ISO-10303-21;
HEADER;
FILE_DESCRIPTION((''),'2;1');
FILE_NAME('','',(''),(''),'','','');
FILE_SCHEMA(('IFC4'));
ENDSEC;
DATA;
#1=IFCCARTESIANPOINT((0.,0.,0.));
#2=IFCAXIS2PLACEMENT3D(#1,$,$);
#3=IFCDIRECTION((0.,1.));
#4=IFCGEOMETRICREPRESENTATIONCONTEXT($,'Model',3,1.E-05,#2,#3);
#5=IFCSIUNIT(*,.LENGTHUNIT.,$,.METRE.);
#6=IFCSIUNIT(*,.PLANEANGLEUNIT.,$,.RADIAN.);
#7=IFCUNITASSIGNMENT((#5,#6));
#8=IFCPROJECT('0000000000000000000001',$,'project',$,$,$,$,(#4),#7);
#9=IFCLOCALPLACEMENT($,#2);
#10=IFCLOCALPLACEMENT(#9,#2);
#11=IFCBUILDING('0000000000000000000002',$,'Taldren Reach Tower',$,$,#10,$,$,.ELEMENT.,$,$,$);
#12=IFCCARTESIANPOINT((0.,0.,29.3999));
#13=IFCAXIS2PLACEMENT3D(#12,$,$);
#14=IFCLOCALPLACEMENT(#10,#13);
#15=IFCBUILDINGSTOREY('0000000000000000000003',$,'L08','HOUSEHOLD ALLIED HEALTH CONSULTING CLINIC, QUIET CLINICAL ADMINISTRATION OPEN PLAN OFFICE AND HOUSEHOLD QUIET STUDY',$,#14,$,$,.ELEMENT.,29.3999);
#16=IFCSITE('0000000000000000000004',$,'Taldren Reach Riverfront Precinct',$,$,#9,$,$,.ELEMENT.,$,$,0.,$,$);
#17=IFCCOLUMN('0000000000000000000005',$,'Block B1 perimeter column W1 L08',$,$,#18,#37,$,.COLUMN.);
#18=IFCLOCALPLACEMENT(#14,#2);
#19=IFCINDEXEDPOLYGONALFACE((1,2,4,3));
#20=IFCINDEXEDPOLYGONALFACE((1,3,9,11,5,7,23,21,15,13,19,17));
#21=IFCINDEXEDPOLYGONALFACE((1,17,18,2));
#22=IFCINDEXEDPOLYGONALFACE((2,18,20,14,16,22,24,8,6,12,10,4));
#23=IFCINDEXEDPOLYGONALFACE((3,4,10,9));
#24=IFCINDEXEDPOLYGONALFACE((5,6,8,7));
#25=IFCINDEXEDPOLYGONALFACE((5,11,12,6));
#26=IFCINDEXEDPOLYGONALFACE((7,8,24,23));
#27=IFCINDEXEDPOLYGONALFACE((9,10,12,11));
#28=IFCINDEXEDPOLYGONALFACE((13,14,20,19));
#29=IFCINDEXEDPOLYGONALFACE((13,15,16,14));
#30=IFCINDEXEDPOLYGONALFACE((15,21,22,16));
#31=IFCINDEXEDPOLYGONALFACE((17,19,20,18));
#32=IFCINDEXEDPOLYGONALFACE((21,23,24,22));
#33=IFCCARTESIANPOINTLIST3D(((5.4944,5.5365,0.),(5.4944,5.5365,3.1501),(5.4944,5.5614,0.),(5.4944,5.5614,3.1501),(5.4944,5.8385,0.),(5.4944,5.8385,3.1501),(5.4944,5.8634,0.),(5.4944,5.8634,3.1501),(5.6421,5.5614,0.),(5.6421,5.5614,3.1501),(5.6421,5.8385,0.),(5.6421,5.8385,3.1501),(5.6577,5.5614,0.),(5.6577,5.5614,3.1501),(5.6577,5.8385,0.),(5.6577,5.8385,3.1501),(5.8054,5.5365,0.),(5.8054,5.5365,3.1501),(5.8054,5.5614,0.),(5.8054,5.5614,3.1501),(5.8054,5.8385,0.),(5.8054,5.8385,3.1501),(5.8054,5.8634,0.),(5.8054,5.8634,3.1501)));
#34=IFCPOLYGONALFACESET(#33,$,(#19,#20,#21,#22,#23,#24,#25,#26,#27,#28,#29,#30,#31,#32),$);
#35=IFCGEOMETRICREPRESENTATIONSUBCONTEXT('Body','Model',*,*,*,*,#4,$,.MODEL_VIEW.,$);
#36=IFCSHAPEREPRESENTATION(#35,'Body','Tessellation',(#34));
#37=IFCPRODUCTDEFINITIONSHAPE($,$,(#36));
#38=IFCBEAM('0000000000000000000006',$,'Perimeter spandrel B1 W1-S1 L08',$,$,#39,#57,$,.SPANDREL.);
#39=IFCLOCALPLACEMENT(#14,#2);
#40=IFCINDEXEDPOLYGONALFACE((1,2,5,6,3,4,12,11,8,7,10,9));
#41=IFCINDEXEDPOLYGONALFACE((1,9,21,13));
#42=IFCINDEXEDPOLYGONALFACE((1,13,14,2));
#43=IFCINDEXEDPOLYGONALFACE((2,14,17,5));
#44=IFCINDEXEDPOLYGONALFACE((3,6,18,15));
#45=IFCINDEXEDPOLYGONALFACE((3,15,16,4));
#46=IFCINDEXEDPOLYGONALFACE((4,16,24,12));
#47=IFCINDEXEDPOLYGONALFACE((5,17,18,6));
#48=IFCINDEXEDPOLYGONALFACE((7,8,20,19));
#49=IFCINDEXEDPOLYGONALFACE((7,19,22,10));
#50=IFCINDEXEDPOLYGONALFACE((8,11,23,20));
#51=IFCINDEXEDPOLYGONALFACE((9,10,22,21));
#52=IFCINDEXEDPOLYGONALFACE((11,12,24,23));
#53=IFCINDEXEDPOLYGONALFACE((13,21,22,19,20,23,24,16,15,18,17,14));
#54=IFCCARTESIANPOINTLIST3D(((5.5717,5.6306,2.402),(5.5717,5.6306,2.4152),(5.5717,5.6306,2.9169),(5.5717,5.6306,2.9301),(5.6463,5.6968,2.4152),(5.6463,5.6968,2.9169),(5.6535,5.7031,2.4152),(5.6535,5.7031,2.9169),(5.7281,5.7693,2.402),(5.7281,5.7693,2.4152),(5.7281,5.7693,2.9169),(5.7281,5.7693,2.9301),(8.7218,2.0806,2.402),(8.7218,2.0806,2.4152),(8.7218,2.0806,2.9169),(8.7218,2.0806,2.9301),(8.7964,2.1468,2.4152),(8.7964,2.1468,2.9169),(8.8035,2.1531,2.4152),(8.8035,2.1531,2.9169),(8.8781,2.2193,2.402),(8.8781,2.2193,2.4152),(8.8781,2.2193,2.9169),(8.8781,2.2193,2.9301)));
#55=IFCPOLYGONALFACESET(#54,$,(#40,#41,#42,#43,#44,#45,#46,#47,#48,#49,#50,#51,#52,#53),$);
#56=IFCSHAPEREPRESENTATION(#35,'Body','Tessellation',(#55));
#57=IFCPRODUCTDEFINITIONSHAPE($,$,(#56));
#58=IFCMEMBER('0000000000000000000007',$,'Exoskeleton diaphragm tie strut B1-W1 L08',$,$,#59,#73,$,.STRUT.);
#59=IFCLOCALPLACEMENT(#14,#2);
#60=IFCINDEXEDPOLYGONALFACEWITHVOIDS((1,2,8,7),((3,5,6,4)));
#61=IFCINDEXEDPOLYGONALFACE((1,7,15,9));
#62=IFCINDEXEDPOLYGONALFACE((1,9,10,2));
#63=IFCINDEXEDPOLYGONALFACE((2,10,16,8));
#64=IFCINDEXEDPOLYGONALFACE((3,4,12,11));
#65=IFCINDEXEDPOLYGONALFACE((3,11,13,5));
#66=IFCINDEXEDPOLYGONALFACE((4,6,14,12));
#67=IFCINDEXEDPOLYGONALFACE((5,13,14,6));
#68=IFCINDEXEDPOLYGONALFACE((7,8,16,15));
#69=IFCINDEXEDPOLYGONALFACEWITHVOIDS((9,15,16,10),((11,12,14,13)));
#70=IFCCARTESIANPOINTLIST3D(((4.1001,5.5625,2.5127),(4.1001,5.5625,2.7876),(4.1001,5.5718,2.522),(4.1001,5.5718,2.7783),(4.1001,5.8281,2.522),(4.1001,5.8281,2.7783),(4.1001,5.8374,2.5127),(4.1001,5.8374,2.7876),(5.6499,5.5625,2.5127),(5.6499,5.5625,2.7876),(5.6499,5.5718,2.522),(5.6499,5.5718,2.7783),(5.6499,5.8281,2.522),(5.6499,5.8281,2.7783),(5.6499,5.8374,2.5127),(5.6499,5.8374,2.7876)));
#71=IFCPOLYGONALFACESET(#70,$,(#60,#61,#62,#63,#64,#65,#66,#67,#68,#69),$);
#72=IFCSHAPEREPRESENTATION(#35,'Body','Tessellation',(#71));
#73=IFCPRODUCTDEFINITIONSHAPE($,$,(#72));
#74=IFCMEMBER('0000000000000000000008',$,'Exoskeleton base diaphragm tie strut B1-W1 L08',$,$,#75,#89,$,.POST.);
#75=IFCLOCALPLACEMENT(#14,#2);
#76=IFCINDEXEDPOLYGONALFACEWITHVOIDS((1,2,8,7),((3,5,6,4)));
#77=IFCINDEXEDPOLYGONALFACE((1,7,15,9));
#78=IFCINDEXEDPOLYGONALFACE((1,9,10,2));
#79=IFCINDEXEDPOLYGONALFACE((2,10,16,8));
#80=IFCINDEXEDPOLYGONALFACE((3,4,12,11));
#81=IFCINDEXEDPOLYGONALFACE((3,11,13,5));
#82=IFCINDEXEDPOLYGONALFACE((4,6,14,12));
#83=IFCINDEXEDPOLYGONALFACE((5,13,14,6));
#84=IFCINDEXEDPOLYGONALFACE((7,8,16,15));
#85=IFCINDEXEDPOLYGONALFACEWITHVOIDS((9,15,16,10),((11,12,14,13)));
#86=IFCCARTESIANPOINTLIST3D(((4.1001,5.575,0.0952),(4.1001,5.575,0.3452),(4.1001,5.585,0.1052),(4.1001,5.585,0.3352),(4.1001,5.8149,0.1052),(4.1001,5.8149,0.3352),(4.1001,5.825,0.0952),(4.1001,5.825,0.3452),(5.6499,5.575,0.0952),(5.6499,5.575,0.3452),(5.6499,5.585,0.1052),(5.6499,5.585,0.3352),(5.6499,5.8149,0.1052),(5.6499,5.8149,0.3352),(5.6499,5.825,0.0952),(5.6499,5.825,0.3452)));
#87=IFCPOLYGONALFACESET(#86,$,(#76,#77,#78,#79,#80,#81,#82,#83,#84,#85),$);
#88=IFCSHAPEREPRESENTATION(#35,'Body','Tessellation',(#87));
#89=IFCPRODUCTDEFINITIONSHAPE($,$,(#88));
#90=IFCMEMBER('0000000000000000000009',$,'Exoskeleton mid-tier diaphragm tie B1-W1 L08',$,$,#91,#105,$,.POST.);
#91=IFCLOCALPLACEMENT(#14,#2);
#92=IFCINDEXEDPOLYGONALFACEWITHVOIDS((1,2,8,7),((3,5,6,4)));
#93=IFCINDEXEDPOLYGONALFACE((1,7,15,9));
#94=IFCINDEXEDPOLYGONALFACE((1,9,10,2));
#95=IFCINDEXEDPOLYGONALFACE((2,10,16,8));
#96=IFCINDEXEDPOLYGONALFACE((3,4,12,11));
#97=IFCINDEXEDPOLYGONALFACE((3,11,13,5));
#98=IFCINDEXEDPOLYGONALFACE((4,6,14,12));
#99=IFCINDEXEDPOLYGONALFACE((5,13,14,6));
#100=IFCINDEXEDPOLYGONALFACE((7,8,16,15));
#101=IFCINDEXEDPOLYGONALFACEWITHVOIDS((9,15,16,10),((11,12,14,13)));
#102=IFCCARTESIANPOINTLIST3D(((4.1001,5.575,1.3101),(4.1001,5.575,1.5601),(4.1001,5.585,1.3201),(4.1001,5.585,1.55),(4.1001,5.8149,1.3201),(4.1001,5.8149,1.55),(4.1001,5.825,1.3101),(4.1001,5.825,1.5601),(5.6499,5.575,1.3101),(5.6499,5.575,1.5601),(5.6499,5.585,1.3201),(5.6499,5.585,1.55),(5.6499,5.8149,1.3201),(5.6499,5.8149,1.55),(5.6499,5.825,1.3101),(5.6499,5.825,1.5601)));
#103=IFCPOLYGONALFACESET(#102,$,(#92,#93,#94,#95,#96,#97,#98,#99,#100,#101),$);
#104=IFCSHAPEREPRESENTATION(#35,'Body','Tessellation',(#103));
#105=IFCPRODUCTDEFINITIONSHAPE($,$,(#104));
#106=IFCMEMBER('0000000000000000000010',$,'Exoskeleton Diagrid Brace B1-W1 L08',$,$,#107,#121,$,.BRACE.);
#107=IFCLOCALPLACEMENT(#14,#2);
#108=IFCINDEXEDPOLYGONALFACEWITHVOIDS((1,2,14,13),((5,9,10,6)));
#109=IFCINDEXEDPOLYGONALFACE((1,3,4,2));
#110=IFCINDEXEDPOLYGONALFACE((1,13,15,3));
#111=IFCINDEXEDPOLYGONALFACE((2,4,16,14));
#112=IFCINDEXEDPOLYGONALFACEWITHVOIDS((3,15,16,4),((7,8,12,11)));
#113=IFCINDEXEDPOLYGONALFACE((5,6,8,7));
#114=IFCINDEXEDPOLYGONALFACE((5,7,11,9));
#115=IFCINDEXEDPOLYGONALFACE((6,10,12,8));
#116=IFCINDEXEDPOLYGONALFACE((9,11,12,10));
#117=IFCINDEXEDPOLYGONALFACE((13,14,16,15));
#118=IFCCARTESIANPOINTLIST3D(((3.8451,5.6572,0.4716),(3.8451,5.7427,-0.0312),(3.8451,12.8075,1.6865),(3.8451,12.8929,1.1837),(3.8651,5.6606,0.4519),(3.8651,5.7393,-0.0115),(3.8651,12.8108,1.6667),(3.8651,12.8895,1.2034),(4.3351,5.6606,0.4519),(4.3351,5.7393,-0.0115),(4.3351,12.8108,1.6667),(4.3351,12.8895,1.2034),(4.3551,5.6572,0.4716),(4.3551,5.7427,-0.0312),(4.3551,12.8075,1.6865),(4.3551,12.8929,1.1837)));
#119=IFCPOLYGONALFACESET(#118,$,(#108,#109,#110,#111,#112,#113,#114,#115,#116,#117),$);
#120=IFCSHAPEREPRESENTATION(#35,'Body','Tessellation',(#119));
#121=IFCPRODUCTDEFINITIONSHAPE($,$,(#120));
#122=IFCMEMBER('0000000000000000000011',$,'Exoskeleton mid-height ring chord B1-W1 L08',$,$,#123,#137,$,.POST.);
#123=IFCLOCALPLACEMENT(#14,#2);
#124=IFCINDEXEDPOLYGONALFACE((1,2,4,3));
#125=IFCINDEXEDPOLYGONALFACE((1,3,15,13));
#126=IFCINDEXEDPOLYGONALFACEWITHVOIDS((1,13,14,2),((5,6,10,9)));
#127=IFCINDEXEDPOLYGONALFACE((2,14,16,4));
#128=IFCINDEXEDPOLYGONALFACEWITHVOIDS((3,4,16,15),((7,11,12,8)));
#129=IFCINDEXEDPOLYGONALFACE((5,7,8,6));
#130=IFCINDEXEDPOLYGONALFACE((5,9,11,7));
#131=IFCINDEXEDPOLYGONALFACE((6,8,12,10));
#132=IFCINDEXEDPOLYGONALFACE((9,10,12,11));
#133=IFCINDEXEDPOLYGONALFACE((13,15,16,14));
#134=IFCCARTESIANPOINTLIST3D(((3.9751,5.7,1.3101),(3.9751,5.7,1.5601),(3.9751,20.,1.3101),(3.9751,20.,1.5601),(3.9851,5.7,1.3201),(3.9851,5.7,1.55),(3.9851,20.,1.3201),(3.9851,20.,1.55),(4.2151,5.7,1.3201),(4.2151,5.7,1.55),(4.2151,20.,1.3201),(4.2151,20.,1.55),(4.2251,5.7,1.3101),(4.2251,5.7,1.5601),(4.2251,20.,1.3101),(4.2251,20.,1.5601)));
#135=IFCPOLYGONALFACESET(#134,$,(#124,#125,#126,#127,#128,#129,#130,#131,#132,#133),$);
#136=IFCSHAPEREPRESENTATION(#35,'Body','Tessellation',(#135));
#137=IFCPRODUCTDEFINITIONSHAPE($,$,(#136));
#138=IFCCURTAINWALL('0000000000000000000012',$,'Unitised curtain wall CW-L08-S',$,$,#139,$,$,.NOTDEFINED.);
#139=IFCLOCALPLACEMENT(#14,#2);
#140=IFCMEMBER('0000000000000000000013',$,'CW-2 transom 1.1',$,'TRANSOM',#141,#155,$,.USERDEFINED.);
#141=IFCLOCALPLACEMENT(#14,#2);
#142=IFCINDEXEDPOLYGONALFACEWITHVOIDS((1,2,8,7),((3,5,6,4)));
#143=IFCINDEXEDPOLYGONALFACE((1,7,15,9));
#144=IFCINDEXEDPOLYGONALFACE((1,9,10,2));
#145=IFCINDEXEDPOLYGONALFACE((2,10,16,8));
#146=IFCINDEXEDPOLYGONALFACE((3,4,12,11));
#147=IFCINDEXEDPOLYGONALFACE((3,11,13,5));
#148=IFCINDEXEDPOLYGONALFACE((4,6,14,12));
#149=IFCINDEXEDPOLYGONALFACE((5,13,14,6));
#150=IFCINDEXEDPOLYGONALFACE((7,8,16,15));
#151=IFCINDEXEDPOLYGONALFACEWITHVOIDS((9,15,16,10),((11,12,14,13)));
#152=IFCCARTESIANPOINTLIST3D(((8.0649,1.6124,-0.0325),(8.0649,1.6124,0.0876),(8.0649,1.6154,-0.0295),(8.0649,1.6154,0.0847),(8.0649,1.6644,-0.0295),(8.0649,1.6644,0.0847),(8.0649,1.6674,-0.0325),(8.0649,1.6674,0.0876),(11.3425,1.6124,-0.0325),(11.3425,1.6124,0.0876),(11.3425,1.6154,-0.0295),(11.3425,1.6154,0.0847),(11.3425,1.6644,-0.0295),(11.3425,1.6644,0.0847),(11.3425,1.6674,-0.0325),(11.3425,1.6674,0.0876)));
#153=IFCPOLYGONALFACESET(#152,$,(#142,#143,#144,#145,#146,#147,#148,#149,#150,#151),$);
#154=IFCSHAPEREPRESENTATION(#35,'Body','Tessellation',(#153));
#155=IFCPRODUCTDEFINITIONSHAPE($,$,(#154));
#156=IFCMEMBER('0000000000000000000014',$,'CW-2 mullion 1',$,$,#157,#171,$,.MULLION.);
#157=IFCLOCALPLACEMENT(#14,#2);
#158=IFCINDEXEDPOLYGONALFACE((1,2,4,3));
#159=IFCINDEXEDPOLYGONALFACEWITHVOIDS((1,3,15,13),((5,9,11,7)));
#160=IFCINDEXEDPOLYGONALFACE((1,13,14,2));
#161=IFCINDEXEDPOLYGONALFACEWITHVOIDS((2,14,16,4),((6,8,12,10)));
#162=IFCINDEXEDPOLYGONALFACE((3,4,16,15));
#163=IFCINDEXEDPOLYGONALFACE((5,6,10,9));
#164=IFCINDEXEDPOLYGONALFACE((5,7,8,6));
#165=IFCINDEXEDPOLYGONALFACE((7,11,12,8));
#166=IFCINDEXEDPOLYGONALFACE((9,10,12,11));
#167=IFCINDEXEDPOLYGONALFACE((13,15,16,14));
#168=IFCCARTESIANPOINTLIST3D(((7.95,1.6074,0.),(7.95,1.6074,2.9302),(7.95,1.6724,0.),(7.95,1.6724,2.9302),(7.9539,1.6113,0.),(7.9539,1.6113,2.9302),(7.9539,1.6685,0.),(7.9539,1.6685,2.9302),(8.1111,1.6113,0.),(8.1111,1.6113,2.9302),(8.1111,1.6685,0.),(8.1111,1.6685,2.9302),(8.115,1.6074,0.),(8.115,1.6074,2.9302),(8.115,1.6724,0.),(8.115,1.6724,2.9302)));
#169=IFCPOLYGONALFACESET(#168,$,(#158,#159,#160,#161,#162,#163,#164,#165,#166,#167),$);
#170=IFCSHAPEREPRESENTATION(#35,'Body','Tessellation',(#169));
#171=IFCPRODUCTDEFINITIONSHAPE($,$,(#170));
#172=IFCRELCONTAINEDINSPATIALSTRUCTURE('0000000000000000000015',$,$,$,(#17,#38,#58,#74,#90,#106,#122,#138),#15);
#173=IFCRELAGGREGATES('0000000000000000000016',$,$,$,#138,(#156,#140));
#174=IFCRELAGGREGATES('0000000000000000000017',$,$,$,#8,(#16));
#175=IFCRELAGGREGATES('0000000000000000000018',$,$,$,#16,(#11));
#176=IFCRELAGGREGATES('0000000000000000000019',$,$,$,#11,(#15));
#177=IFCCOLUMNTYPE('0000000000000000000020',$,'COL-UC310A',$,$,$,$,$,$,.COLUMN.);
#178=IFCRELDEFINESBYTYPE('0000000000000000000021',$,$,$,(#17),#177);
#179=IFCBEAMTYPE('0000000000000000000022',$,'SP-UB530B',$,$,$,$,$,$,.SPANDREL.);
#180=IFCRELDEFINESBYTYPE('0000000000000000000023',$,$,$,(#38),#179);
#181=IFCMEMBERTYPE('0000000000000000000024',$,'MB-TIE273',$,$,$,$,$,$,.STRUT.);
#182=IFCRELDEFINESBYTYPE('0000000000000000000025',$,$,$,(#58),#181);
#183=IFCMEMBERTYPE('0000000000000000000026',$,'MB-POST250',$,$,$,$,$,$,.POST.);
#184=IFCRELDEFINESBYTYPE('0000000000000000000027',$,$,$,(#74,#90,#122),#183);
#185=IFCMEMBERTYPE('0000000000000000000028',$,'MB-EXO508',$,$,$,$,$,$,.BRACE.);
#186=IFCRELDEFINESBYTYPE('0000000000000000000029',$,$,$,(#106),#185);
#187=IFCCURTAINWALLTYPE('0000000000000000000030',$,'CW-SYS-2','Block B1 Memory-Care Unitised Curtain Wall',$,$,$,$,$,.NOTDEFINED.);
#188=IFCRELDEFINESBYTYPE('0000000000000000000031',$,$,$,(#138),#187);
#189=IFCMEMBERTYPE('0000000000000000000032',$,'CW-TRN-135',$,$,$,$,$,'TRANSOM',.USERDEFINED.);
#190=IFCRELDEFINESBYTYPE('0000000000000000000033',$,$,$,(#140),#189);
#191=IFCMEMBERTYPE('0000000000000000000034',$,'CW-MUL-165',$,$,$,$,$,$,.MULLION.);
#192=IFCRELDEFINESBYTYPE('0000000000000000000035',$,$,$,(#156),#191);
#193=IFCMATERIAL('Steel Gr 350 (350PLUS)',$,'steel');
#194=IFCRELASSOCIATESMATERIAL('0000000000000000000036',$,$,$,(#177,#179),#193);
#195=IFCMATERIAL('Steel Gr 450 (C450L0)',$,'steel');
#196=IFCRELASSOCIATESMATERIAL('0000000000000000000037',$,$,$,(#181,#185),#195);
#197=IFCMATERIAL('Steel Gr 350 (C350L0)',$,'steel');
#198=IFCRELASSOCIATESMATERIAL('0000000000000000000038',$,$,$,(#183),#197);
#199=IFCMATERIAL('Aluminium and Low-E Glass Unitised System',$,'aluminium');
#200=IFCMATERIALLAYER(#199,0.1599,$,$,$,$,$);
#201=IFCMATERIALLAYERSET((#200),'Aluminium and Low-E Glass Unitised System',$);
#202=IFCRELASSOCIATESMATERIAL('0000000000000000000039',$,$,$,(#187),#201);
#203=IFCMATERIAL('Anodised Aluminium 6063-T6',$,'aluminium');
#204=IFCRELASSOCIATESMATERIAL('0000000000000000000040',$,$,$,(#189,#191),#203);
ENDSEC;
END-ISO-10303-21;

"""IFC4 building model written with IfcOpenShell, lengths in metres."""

from ifc_helpers import new_model, si_unit, direction, frame, origin, origin_2d, place, context, subcontext, project, spatial, hollow_rectangle, i_section, extrude, source, transform, mapped, material, layer, layer_set, material_profile, profile_set, type_object, element, aggregate, save


model = new_model("IFC4")

# Units and contexts
model_context = context("Model", 3, precision=1e-05, world=origin(), true_north=direction((0.0, 1.0)))
body_context = subcontext(model_context, "Body", "Model", "MODEL_VIEW")
ifc_project = project(units=[si_unit("LENGTHUNIT", "METRE"), si_unit("PLANEANGLEUNIT", "RADIAN")], contexts=[model_context])

# Site, building, storey
site_placement = place(None, origin())
site = spatial("IfcSite", under=ifc_project, at=site_placement, Name="Taldren Reach Riverfront Precinct", CompositionType="ELEMENT", RefElevation=0.0)
building_placement = place(site_placement, origin())
building = spatial("IfcBuilding", under=site, at=building_placement, Name="Taldren Reach Tower", CompositionType="ELEMENT")
storey_placement = place(building_placement, frame((0.0, 0.0, 29.3999)))
storey = spatial("IfcBuildingStorey", under=building, at=storey_placement, Name="L08", Description="HOUSEHOLD ALLIED HEALTH CONSULTING CLINIC, QUIET CLINICAL ADMINISTRATION OPEN PLAN OFFICE AND HOUSEHOLD QUIET STUDY", CompositionType="ELEMENT", Elevation=29.3999)

# Column
ifc_material_1 = material(Name="Steel Gr 350 (350PLUS)", Category="steel")
ifc_material_profile_1 = material_profile(ifc_material_1, i_section(OverallWidth=0.311, OverallDepth=0.3269, WebThickness=0.0156, FlangeThickness=0.0249, at=origin_2d()), Name="310UC158")
ifc_profile_set_1 = profile_set([ifc_material_profile_1], Name="Steel Gr 350 (350PLUS)")
column_type = type_object("IfcColumnType", Name="COL-UC310A", PredefinedType="COLUMN", material=ifc_profile_set_1)
shared_shape_1 = source(origin(), body_context, "Body", "SweptSolid", [
    extrude(i_section(OverallWidth=0.311, OverallDepth=0.3269, WebThickness=0.0156, FlangeThickness=0.0249, at=origin_2d()), origin(), (0.0, 0.0, 1.0), 3.1501),
])
column_placement = place(storey_placement, frame((5.6499, 5.7, 0.0), z_axis=(0.0, 0.0, 1.0), x_axis=(1.0, 0.0, 0.0)))
element("IfcColumn", 1, at=column_placement, inside=storey, type_object=column_type, Name="Block B1 perimeter column W1 L08", PredefinedType="COLUMN", context=body_context, shape_type="MappedRepresentation", body=[
    mapped(shared_shape_1, transform((0.0, 0.0, 0.0), scale=1.0)),
])

# Beam
ifc_material_profile_2 = material_profile(ifc_material_1, i_section(OverallWidth=0.209, OverallDepth=0.5281, WebThickness=0.0095, FlangeThickness=0.0132, at=origin_2d()), Name="530UB82.0")
ifc_profile_set_2 = profile_set([ifc_material_profile_2], Name="Steel Gr 350 (350PLUS)")
beam_type = type_object("IfcBeamType", Name="SP-UB530B", PredefinedType="SPANDREL", material=ifc_profile_set_2)
shared_shape_2 = source(origin(), body_context, "Body", "SweptSolid", [
    extrude(i_section(OverallWidth=0.209, OverallDepth=0.5281, WebThickness=0.0095, FlangeThickness=0.0132, at=origin_2d()), origin(), (0.0, 0.0, 1.0), 4.7461),
])
beam_placement = place(storey_placement, frame((5.6499, 5.7, 2.666), z_axis=(0.663722, -0.747979, 0.0), x_axis=(0.747979, 0.663722, 0.0)))
element("IfcBeam", 2, at=beam_placement, inside=storey, type_object=beam_type, Name="Perimeter spandrel B1 W1-S1 L08", PredefinedType="SPANDREL", context=body_context, shape_type="MappedRepresentation", body=[
    mapped(shared_shape_2, transform((0.0, 0.0, 0.0), scale=1.0)),
])

# Members
ifc_material_2 = material(Name="Steel Gr 450 (C450L0)", Category="steel")
ifc_material_profile_3 = material_profile(ifc_material_2, hollow_rectangle(XDim=0.2749, YDim=0.2749, WallThickness=0.0093, at=origin_2d()), Name="275x275x9.3SHS")
ifc_profile_set_3 = profile_set([ifc_material_profile_3], Name="Steel Gr 450 (C450L0)")
member_type_1 = type_object("IfcMemberType", Name="MB-TIE273", PredefinedType="STRUT", material=ifc_profile_set_3)
shared_shape_3 = source(origin(), body_context, "Body", "SweptSolid", [
    extrude(hollow_rectangle(XDim=0.2749, YDim=0.2749, WallThickness=0.0093, at=origin_2d()), origin(), (0.0, 0.0, 1.0), 1.5498),
])
member_1_placement = place(storey_placement, frame((5.6499, 5.7, 2.6501), z_axis=(-1.0, 0.0, 0.0), x_axis=(0.0, -1.0, 0.0)))
element("IfcMember", 3, at=member_1_placement, inside=storey, type_object=member_type_1, Name="Exoskeleton diaphragm tie strut B1-W1 L08", PredefinedType="STRUT", context=body_context, shape_type="MappedRepresentation", body=[
    mapped(shared_shape_3, transform((0.0, 0.0, 0.0), scale=1.0)),
])
ifc_material_3 = material(Name="Steel Gr 350 (C350L0)", Category="steel")
ifc_material_profile_4 = material_profile(ifc_material_3, hollow_rectangle(XDim=0.25, YDim=0.25, WallThickness=0.01, at=origin_2d()), Name="250x250x10.0SHS")
ifc_profile_set_4 = profile_set([ifc_material_profile_4], Name="Steel Gr 350 (C350L0)")
member_type_2 = type_object("IfcMemberType", Name="MB-POST250", PredefinedType="POST", material=ifc_profile_set_4)
shared_shape_4 = source(origin(), body_context, "Body", "SweptSolid", [
    extrude(hollow_rectangle(XDim=0.25, YDim=0.25, WallThickness=0.01, at=origin_2d()), origin(), (0.0, 0.0, 1.0), 1.5498),
])
for number, where, z_axis, x_axis, name in (
    (4, (5.6499, 5.7, 0.2202), (-1.0, 0.0, 0.0), (0.0, -1.0, 0.0), "Exoskeleton base diaphragm tie strut B1-W1 L08"),
    (5, (5.6499, 5.7, 1.4351), (-1.0, 0.0, 0.0), (0.0, -1.0, 0.0), "Exoskeleton mid-tier diaphragm tie B1-W1 L08"),
):
    element("IfcMember", number, at=place(storey_placement, frame(where, z_axis=z_axis, x_axis=x_axis)), inside=storey, type_object=member_type_2, Name=name, PredefinedType="POST", context=body_context, shape_type="MappedRepresentation", body=[
        mapped(shared_shape_4, transform((0.0, 0.0, 0.0), scale=1.0)),
    ])
ifc_material_profile_5 = material_profile(ifc_material_2, hollow_rectangle(XDim=0.51, YDim=0.51, WallThickness=0.02, at=origin_2d()), Name="510x510x20.0SHS")
ifc_profile_set_5 = profile_set([ifc_material_profile_5], Name="Steel Gr 450 (C450L0)")
member_type_3 = type_object("IfcMemberType", Name="MB-EXO508", PredefinedType="BRACE", material=ifc_profile_set_5)
shared_shape_5 = source(origin(), body_context, "Body", "SweptSolid", [
    extrude(hollow_rectangle(XDim=0.51, YDim=0.51, WallThickness=0.02, at=origin_2d()), origin(), (0.0, 0.0, 1.0), 7.2527),
])
member_2_placement = place(storey_placement, frame((4.1001, 5.7, 0.2202), z_axis=(0.0, 0.985871, 0.167504), x_axis=(-1.0, 0.0, 0.0)))
element("IfcMember", 6, at=member_2_placement, inside=storey, type_object=member_type_3, Name="Exoskeleton Diagrid Brace B1-W1 L08", PredefinedType="BRACE", context=body_context, shape_type="MappedRepresentation", body=[
    mapped(shared_shape_5, transform((0.0, 0.0, 0.0), scale=1.0)),
])
shared_shape_6 = source(origin(), body_context, "Body", "SweptSolid", [
    extrude(hollow_rectangle(XDim=0.25, YDim=0.25, WallThickness=0.01, at=origin_2d()), origin(), (0.0, 0.0, 1.0), 14.3),
])
member_3_placement = place(storey_placement, frame((4.1001, 5.7, 1.4351), z_axis=(0.0, 1.0, 0.0), x_axis=(-1.0, 0.0, 0.0)))
element("IfcMember", 7, at=member_3_placement, inside=storey, type_object=member_type_2, Name="Exoskeleton mid-height ring chord B1-W1 L08", PredefinedType="POST", context=body_context, shape_type="MappedRepresentation", body=[
    mapped(shared_shape_6, transform((0.0, 0.0, 0.0), scale=1.0)),
])

# Curtain wall, members
ifc_material_4 = material(Name="Aluminium and Low-E Glass Unitised System", Category="aluminium")
ifc_layer_1 = layer(ifc_material_4, 0.1599)
ifc_layer_set_1 = layer_set([ifc_layer_1], Name="Aluminium and Low-E Glass Unitised System")
curtain_wall_type = type_object("IfcCurtainWallType", Name="CW-SYS-2", Description="Block B1 Memory-Care Unitised Curtain Wall", PredefinedType="NOTDEFINED", material=ifc_layer_set_1)
curtain_wall_1_placement = place(storey_placement, origin())
curtain_wall_1 = element("IfcCurtainWall", 8, at=curtain_wall_1_placement, inside=storey, type_object=curtain_wall_type, Name="Unitised curtain wall CW-L08-S", PredefinedType="NOTDEFINED")
ifc_material_5 = material(Name="Anodised Aluminium 6063-T6", Category="aluminium")
ifc_material_profile_6 = material_profile(ifc_material_5, hollow_rectangle(XDim=0.0549, YDim=0.1201, WallThickness=0.0029, at=origin_2d()), Name="ALU-120x55x3RHS")
ifc_profile_set_6 = profile_set([ifc_material_profile_6], Name="Anodised Aluminium 6063-T6")
member_type_4 = type_object("IfcMemberType", Name="CW-TRN-135", ElementType="TRANSOM", PredefinedType="USERDEFINED", material=ifc_profile_set_6)
shared_shape_7 = source(origin(), body_context, "Body", "SweptSolid", [
    extrude(hollow_rectangle(XDim=0.0549, YDim=0.1201, WallThickness=0.0029, at=origin_2d()), origin(), (0.0, 0.0, 1.0), 3.2776),
])
member_4_placement = place(storey_placement, frame((8.0649, 1.6399, 0.0276), z_axis=(1.0, 0.0, 0.0), x_axis=(0.0, 1.0, 0.0)))
member_4 = element("IfcMember", 9, at=member_4_placement, type_object=member_type_4, Name="CW-2 transom 1.1", ObjectType="TRANSOM", PredefinedType="USERDEFINED", context=body_context, shape_type="MappedRepresentation", body=[
    mapped(shared_shape_7, transform((0.0, 0.0, 0.0), scale=1.0)),
])
ifc_material_profile_7 = material_profile(ifc_material_5, hollow_rectangle(XDim=0.0649, YDim=0.165, WallThickness=0.0039, at=origin_2d()), Name="ALU-165x65x4RHS")
ifc_profile_set_7 = profile_set([ifc_material_profile_7], Name="Anodised Aluminium 6063-T6")
member_type_5 = type_object("IfcMemberType", Name="CW-MUL-165", PredefinedType="MULLION", material=ifc_profile_set_7)
shared_shape_8 = source(origin(), body_context, "Body", "SweptSolid", [
    extrude(hollow_rectangle(XDim=0.0649, YDim=0.165, WallThickness=0.0039, at=origin_2d()), origin(), (0.0, 0.0, 1.0), 2.9302),
])
member_5_placement = place(storey_placement, frame((8.0325, 1.6399, 0.0), z_axis=(0.0, 0.0, 1.0), x_axis=(0.0, 1.0, 0.0)))
member_5 = element("IfcMember", 10, at=member_5_placement, type_object=member_type_5, Name="CW-2 mullion 1", PredefinedType="MULLION", context=body_context, shape_type="MappedRepresentation", body=[
    mapped(shared_shape_8, transform((0.0, 0.0, 0.0), scale=1.0)),
])
aggregate(curtain_wall_1, [member_5, member_4])

save(model, "model.ifc")
